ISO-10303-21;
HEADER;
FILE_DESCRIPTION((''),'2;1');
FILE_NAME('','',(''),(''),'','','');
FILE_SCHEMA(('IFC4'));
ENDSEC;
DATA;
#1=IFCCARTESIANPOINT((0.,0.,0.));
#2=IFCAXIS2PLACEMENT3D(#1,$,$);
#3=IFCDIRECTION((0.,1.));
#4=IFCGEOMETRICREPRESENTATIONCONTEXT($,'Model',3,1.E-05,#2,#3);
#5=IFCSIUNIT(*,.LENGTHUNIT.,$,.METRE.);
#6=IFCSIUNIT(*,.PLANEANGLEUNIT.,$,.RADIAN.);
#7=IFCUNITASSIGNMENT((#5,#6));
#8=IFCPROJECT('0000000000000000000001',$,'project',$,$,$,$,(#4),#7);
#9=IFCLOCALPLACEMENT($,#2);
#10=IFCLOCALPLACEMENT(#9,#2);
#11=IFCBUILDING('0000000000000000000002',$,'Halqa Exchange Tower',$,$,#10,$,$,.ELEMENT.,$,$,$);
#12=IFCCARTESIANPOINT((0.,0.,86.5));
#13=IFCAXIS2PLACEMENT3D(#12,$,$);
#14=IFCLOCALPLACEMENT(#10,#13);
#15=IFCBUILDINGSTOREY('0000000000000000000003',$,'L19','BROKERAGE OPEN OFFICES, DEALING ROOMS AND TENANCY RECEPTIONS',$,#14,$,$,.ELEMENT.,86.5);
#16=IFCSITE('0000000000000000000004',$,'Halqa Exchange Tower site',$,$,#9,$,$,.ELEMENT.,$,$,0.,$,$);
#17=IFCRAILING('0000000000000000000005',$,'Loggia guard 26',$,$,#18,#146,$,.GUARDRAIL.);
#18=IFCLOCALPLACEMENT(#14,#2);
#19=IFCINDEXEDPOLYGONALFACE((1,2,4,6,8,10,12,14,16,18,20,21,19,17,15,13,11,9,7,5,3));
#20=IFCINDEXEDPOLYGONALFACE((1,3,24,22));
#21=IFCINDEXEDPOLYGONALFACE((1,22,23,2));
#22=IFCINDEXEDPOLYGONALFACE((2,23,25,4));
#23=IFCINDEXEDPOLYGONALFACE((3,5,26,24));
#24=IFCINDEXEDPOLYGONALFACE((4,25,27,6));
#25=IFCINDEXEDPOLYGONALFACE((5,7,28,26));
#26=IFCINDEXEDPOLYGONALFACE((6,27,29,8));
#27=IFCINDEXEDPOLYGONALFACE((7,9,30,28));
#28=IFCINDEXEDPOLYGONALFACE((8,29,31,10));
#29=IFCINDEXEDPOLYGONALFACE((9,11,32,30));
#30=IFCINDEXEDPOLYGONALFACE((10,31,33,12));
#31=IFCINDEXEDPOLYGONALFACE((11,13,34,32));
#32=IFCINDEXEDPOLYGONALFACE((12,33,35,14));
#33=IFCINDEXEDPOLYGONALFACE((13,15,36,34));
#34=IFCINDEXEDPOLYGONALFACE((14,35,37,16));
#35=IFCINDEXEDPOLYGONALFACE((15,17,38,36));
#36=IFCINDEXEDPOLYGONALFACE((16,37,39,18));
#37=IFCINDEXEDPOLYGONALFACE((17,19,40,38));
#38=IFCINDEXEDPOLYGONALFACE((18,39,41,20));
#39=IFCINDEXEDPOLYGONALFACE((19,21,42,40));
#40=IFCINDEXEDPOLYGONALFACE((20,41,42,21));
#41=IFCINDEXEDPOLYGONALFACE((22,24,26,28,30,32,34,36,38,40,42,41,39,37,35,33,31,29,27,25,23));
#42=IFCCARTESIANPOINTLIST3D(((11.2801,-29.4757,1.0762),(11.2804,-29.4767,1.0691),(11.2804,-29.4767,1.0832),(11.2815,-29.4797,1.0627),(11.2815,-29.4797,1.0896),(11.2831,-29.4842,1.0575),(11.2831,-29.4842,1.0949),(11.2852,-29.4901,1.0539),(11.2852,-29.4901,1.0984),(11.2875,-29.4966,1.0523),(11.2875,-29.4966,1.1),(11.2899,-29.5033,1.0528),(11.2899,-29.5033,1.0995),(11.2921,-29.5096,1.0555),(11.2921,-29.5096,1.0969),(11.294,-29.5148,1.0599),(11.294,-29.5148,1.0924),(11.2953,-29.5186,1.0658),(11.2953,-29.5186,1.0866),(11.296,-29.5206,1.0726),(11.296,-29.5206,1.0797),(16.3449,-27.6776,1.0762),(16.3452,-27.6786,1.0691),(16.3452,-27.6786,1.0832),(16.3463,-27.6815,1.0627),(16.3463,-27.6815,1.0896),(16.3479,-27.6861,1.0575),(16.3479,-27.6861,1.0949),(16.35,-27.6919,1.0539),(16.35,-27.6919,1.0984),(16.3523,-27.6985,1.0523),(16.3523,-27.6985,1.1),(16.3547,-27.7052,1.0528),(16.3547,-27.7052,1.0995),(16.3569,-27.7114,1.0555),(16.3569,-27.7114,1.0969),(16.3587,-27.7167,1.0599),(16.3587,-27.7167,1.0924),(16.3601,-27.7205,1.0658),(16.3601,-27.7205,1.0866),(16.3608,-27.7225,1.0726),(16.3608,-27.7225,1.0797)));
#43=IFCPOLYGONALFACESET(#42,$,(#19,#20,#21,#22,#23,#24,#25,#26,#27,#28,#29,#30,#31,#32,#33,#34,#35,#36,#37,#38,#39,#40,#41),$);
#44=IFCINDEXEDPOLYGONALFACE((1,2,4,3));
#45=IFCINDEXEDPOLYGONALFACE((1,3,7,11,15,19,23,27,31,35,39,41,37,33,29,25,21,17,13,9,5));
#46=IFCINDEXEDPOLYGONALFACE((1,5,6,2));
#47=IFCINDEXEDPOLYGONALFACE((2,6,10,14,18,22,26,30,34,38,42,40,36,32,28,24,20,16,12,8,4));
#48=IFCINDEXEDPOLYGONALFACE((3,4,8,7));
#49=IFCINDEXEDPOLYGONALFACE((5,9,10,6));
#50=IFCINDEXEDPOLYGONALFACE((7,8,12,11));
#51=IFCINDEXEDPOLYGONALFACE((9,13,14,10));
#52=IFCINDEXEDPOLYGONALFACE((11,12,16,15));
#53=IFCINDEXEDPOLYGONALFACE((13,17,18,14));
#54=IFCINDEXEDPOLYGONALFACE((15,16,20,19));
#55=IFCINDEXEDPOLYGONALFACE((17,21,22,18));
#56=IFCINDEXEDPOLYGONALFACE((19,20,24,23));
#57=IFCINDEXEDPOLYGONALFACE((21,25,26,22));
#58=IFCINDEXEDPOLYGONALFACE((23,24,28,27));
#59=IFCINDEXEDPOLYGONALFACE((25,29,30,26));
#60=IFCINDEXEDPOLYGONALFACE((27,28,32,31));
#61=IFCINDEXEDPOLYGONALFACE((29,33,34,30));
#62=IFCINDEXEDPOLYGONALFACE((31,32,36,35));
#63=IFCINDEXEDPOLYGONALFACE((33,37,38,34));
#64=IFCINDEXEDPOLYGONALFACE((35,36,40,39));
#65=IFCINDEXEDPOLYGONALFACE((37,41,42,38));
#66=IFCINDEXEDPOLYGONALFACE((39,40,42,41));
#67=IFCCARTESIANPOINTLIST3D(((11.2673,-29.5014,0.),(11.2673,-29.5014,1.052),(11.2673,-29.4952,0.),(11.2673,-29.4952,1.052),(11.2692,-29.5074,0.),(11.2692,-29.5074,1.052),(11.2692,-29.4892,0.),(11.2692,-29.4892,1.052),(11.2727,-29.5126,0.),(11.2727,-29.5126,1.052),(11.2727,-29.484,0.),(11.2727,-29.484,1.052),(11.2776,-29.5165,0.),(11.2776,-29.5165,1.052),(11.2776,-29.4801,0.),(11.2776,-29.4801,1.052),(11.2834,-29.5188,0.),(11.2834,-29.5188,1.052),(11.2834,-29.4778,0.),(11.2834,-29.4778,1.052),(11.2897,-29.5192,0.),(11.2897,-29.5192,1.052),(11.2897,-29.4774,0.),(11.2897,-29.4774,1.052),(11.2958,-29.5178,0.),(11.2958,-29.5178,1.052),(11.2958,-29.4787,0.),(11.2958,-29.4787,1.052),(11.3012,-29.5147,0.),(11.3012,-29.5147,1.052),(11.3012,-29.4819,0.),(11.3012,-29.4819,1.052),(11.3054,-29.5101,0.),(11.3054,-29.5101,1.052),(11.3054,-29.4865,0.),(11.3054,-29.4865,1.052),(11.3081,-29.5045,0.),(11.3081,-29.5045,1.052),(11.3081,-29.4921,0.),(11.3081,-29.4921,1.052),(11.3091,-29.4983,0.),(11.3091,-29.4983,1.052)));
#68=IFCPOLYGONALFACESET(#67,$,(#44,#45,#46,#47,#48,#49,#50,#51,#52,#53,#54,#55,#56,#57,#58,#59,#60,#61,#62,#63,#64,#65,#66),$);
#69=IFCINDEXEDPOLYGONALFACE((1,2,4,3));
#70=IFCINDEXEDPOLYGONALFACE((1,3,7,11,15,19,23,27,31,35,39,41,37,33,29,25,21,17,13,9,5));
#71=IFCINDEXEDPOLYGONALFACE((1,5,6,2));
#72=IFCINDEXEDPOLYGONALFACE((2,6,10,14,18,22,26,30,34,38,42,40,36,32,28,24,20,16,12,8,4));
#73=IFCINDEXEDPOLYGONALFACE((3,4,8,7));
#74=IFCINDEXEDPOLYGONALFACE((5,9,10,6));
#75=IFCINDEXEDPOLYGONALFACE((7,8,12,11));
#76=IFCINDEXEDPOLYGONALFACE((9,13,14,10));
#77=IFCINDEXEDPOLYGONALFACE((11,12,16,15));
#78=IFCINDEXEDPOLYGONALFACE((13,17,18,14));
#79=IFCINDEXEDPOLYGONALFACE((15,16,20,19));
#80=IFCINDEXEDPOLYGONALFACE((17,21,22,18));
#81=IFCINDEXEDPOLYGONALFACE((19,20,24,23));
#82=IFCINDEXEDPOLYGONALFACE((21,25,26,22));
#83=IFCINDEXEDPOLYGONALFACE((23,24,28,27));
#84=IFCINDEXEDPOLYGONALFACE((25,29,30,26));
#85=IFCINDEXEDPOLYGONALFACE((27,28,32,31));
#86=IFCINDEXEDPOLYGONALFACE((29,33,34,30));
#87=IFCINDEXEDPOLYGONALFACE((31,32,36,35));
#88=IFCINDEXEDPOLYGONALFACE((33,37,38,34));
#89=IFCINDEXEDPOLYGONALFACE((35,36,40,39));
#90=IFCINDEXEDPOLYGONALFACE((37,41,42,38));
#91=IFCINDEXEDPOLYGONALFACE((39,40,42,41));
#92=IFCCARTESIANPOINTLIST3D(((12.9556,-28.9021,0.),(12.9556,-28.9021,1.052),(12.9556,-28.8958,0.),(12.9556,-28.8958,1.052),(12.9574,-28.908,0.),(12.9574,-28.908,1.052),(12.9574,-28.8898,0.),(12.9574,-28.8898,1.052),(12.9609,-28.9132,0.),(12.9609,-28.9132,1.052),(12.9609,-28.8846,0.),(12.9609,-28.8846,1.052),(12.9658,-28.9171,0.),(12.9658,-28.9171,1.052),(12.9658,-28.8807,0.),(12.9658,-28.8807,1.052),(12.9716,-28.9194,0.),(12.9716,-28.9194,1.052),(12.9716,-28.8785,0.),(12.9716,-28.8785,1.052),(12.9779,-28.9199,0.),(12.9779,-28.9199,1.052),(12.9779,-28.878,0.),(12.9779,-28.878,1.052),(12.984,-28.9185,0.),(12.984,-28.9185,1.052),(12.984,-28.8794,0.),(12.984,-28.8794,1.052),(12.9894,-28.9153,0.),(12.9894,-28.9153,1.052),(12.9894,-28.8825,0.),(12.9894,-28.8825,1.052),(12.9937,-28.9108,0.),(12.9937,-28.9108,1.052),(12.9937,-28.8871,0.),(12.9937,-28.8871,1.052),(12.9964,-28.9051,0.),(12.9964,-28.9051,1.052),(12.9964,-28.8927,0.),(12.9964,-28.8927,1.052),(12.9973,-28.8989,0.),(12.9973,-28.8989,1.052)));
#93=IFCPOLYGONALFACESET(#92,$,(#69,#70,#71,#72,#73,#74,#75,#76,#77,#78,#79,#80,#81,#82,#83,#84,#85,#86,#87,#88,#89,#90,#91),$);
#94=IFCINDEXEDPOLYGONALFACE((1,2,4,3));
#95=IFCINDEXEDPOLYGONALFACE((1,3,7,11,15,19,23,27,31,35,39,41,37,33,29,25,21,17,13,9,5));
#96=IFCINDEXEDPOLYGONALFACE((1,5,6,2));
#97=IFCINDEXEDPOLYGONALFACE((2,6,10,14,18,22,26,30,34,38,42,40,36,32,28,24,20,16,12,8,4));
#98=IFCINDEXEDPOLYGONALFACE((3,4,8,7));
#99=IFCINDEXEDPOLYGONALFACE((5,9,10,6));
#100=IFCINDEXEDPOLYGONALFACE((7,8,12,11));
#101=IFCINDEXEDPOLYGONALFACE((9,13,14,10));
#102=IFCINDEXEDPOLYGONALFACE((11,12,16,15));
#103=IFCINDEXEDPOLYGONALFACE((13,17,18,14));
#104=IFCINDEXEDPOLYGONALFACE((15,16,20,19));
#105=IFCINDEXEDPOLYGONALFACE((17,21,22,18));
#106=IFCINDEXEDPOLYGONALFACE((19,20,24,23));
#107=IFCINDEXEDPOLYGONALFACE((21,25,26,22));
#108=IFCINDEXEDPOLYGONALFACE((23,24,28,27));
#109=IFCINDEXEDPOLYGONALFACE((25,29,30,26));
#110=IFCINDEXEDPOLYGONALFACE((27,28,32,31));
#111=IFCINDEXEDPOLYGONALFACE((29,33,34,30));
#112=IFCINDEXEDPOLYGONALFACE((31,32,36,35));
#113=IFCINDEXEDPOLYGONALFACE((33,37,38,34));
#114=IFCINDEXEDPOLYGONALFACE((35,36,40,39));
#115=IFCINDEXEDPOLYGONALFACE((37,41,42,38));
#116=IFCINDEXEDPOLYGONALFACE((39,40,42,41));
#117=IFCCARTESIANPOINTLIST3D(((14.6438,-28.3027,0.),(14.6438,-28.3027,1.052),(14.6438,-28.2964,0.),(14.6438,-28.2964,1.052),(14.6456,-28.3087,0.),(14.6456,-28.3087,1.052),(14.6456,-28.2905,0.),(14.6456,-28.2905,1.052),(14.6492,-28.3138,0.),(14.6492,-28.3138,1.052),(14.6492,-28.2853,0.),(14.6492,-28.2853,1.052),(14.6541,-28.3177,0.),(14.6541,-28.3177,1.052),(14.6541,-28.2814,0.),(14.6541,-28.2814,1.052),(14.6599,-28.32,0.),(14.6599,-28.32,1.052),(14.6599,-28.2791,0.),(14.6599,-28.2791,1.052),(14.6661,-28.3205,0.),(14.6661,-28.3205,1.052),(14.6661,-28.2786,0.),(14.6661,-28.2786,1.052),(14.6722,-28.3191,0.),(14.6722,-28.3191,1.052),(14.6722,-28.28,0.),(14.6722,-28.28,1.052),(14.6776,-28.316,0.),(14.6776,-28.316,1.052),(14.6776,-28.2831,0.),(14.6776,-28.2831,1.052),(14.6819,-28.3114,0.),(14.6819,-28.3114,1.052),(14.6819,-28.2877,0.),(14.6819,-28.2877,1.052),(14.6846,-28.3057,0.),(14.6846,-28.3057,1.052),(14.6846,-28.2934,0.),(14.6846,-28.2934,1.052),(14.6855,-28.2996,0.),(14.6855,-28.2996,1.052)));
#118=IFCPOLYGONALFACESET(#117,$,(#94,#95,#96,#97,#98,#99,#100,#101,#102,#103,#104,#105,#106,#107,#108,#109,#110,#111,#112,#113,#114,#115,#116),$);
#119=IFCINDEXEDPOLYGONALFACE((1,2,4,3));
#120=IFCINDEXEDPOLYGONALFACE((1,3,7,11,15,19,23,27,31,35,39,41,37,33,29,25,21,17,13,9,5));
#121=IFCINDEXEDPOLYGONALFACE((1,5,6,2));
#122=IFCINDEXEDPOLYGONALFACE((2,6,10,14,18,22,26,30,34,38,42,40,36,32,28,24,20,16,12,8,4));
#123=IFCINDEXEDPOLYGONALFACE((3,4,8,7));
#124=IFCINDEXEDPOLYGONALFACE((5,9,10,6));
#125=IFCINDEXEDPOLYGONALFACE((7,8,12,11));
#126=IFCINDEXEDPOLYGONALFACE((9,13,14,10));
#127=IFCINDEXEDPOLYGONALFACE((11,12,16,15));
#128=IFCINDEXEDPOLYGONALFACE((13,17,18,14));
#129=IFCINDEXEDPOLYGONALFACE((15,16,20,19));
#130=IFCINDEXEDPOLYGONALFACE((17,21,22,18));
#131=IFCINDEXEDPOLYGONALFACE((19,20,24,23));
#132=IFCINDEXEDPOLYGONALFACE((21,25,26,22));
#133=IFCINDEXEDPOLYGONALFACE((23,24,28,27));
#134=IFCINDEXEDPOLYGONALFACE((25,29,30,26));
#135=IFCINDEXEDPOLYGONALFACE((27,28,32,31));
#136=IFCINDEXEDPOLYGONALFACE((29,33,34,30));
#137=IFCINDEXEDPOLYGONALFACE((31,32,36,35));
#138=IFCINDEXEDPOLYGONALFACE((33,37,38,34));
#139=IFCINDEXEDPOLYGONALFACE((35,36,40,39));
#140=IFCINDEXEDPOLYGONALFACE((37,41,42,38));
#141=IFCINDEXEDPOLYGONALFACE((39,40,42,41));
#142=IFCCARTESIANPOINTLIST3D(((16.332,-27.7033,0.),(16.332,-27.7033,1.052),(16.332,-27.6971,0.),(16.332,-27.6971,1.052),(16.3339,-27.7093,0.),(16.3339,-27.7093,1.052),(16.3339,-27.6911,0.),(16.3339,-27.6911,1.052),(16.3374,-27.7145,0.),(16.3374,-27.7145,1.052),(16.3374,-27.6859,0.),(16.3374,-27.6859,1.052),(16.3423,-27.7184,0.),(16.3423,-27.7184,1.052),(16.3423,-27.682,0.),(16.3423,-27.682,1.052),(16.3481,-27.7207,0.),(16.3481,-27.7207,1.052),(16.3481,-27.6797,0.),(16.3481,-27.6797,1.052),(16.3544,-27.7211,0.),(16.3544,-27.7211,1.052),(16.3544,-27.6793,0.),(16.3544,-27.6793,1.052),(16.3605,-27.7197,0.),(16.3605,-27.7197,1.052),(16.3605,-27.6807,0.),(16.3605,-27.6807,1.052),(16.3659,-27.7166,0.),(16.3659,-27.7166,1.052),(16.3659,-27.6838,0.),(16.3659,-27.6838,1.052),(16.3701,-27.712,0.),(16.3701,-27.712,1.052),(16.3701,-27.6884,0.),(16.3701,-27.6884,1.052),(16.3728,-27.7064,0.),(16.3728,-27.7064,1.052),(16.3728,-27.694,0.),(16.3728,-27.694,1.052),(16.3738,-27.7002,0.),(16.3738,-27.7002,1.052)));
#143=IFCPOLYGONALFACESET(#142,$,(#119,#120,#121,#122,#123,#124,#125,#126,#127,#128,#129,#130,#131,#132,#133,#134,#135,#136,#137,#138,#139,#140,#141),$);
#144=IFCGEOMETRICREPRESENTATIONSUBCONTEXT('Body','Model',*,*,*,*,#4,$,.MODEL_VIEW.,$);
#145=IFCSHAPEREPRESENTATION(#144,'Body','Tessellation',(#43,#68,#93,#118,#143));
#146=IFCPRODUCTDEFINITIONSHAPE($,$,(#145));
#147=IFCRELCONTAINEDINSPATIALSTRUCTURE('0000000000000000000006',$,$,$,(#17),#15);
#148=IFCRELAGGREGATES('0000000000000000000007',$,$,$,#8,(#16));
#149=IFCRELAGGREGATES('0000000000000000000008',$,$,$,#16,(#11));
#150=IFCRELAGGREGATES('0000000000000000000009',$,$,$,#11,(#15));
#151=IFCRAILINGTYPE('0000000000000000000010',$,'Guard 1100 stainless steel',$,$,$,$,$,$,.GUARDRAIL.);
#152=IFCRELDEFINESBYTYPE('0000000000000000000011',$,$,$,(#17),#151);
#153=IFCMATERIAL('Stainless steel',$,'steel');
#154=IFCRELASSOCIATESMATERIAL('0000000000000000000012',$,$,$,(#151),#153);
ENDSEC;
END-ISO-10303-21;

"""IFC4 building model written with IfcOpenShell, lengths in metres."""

from ifc_helpers import new_model, si_unit, direction, frame, origin, origin_2d, place, context, subcontext, project, spatial, circle, extrude, material, type_object, element, save


model = new_model("IFC4")

# Units and contexts
model_context = context("Model", 3, precision=1e-05, world=origin(), true_north=direction((0.0, 1.0)))
body_context = subcontext(model_context, "Body", "Model", "MODEL_VIEW")
ifc_project = project(units=[si_unit("LENGTHUNIT", "METRE"), si_unit("PLANEANGLEUNIT", "RADIAN")], contexts=[model_context])

# Site, building, storey
site_placement = place(None, origin())
site = spatial("IfcSite", under=ifc_project, at=site_placement, Name="Halqa Exchange Tower site", CompositionType="ELEMENT", RefElevation=0.0)
building_placement = place(site_placement, origin())
building = spatial("IfcBuilding", under=site, at=building_placement, Name="Halqa Exchange Tower", CompositionType="ELEMENT")
storey_placement = place(building_placement, frame((0.0, 0.0, 86.5)))
storey = spatial("IfcBuildingStorey", under=building, at=storey_placement, Name="L19", Description="BROKERAGE OPEN OFFICES, DEALING ROOMS AND TENANCY RECEPTIONS", CompositionType="ELEMENT", Elevation=86.5)

# Railing
ifc_material_1 = material(Name="Stainless steel", Category="steel")
railing_type = type_object("IfcRailingType", Name="Guard 1100 stainless steel", PredefinedType="GUARDRAIL", material=ifc_material_1)
railing_1_placement = place(storey_placement, frame((11.2881, -29.4983, 0.0)))
element("IfcRailing", 1, at=railing_1_placement, inside=storey, type_object=railing_type, Name="Loggia guard 26", PredefinedType="GUARDRAIL", context=body_context, shape_type="SweptSolid", body=[
    extrude(circle(Radius=0.0239, at=origin_2d()), frame((0.0, 0.0, 1.0762), z_axis=(0.942372, 0.334566, 0.0), x_axis=(-0.334566, 0.942372, 0.0)), (0.0, 0.0, 1.0), 5.3745),
    extrude(circle(Radius=0.021, at=origin_2d()), origin(), (0.0, 0.0, 1.0), 1.052),
    extrude(circle(Radius=0.021, at=origin_2d()), frame((1.6882, 0.5994, 0.0)), (0.0, 0.0, 1.0), 1.052),
    extrude(circle(Radius=0.021, at=origin_2d()), frame((3.3765, 1.1987, 0.0)), (0.0, 0.0, 1.0), 1.052),
    extrude(circle(Radius=0.021, at=origin_2d()), frame((5.0647, 1.7981, 0.0)), (0.0, 0.0, 1.0), 1.052),
])

save(model, "model.ifc")
